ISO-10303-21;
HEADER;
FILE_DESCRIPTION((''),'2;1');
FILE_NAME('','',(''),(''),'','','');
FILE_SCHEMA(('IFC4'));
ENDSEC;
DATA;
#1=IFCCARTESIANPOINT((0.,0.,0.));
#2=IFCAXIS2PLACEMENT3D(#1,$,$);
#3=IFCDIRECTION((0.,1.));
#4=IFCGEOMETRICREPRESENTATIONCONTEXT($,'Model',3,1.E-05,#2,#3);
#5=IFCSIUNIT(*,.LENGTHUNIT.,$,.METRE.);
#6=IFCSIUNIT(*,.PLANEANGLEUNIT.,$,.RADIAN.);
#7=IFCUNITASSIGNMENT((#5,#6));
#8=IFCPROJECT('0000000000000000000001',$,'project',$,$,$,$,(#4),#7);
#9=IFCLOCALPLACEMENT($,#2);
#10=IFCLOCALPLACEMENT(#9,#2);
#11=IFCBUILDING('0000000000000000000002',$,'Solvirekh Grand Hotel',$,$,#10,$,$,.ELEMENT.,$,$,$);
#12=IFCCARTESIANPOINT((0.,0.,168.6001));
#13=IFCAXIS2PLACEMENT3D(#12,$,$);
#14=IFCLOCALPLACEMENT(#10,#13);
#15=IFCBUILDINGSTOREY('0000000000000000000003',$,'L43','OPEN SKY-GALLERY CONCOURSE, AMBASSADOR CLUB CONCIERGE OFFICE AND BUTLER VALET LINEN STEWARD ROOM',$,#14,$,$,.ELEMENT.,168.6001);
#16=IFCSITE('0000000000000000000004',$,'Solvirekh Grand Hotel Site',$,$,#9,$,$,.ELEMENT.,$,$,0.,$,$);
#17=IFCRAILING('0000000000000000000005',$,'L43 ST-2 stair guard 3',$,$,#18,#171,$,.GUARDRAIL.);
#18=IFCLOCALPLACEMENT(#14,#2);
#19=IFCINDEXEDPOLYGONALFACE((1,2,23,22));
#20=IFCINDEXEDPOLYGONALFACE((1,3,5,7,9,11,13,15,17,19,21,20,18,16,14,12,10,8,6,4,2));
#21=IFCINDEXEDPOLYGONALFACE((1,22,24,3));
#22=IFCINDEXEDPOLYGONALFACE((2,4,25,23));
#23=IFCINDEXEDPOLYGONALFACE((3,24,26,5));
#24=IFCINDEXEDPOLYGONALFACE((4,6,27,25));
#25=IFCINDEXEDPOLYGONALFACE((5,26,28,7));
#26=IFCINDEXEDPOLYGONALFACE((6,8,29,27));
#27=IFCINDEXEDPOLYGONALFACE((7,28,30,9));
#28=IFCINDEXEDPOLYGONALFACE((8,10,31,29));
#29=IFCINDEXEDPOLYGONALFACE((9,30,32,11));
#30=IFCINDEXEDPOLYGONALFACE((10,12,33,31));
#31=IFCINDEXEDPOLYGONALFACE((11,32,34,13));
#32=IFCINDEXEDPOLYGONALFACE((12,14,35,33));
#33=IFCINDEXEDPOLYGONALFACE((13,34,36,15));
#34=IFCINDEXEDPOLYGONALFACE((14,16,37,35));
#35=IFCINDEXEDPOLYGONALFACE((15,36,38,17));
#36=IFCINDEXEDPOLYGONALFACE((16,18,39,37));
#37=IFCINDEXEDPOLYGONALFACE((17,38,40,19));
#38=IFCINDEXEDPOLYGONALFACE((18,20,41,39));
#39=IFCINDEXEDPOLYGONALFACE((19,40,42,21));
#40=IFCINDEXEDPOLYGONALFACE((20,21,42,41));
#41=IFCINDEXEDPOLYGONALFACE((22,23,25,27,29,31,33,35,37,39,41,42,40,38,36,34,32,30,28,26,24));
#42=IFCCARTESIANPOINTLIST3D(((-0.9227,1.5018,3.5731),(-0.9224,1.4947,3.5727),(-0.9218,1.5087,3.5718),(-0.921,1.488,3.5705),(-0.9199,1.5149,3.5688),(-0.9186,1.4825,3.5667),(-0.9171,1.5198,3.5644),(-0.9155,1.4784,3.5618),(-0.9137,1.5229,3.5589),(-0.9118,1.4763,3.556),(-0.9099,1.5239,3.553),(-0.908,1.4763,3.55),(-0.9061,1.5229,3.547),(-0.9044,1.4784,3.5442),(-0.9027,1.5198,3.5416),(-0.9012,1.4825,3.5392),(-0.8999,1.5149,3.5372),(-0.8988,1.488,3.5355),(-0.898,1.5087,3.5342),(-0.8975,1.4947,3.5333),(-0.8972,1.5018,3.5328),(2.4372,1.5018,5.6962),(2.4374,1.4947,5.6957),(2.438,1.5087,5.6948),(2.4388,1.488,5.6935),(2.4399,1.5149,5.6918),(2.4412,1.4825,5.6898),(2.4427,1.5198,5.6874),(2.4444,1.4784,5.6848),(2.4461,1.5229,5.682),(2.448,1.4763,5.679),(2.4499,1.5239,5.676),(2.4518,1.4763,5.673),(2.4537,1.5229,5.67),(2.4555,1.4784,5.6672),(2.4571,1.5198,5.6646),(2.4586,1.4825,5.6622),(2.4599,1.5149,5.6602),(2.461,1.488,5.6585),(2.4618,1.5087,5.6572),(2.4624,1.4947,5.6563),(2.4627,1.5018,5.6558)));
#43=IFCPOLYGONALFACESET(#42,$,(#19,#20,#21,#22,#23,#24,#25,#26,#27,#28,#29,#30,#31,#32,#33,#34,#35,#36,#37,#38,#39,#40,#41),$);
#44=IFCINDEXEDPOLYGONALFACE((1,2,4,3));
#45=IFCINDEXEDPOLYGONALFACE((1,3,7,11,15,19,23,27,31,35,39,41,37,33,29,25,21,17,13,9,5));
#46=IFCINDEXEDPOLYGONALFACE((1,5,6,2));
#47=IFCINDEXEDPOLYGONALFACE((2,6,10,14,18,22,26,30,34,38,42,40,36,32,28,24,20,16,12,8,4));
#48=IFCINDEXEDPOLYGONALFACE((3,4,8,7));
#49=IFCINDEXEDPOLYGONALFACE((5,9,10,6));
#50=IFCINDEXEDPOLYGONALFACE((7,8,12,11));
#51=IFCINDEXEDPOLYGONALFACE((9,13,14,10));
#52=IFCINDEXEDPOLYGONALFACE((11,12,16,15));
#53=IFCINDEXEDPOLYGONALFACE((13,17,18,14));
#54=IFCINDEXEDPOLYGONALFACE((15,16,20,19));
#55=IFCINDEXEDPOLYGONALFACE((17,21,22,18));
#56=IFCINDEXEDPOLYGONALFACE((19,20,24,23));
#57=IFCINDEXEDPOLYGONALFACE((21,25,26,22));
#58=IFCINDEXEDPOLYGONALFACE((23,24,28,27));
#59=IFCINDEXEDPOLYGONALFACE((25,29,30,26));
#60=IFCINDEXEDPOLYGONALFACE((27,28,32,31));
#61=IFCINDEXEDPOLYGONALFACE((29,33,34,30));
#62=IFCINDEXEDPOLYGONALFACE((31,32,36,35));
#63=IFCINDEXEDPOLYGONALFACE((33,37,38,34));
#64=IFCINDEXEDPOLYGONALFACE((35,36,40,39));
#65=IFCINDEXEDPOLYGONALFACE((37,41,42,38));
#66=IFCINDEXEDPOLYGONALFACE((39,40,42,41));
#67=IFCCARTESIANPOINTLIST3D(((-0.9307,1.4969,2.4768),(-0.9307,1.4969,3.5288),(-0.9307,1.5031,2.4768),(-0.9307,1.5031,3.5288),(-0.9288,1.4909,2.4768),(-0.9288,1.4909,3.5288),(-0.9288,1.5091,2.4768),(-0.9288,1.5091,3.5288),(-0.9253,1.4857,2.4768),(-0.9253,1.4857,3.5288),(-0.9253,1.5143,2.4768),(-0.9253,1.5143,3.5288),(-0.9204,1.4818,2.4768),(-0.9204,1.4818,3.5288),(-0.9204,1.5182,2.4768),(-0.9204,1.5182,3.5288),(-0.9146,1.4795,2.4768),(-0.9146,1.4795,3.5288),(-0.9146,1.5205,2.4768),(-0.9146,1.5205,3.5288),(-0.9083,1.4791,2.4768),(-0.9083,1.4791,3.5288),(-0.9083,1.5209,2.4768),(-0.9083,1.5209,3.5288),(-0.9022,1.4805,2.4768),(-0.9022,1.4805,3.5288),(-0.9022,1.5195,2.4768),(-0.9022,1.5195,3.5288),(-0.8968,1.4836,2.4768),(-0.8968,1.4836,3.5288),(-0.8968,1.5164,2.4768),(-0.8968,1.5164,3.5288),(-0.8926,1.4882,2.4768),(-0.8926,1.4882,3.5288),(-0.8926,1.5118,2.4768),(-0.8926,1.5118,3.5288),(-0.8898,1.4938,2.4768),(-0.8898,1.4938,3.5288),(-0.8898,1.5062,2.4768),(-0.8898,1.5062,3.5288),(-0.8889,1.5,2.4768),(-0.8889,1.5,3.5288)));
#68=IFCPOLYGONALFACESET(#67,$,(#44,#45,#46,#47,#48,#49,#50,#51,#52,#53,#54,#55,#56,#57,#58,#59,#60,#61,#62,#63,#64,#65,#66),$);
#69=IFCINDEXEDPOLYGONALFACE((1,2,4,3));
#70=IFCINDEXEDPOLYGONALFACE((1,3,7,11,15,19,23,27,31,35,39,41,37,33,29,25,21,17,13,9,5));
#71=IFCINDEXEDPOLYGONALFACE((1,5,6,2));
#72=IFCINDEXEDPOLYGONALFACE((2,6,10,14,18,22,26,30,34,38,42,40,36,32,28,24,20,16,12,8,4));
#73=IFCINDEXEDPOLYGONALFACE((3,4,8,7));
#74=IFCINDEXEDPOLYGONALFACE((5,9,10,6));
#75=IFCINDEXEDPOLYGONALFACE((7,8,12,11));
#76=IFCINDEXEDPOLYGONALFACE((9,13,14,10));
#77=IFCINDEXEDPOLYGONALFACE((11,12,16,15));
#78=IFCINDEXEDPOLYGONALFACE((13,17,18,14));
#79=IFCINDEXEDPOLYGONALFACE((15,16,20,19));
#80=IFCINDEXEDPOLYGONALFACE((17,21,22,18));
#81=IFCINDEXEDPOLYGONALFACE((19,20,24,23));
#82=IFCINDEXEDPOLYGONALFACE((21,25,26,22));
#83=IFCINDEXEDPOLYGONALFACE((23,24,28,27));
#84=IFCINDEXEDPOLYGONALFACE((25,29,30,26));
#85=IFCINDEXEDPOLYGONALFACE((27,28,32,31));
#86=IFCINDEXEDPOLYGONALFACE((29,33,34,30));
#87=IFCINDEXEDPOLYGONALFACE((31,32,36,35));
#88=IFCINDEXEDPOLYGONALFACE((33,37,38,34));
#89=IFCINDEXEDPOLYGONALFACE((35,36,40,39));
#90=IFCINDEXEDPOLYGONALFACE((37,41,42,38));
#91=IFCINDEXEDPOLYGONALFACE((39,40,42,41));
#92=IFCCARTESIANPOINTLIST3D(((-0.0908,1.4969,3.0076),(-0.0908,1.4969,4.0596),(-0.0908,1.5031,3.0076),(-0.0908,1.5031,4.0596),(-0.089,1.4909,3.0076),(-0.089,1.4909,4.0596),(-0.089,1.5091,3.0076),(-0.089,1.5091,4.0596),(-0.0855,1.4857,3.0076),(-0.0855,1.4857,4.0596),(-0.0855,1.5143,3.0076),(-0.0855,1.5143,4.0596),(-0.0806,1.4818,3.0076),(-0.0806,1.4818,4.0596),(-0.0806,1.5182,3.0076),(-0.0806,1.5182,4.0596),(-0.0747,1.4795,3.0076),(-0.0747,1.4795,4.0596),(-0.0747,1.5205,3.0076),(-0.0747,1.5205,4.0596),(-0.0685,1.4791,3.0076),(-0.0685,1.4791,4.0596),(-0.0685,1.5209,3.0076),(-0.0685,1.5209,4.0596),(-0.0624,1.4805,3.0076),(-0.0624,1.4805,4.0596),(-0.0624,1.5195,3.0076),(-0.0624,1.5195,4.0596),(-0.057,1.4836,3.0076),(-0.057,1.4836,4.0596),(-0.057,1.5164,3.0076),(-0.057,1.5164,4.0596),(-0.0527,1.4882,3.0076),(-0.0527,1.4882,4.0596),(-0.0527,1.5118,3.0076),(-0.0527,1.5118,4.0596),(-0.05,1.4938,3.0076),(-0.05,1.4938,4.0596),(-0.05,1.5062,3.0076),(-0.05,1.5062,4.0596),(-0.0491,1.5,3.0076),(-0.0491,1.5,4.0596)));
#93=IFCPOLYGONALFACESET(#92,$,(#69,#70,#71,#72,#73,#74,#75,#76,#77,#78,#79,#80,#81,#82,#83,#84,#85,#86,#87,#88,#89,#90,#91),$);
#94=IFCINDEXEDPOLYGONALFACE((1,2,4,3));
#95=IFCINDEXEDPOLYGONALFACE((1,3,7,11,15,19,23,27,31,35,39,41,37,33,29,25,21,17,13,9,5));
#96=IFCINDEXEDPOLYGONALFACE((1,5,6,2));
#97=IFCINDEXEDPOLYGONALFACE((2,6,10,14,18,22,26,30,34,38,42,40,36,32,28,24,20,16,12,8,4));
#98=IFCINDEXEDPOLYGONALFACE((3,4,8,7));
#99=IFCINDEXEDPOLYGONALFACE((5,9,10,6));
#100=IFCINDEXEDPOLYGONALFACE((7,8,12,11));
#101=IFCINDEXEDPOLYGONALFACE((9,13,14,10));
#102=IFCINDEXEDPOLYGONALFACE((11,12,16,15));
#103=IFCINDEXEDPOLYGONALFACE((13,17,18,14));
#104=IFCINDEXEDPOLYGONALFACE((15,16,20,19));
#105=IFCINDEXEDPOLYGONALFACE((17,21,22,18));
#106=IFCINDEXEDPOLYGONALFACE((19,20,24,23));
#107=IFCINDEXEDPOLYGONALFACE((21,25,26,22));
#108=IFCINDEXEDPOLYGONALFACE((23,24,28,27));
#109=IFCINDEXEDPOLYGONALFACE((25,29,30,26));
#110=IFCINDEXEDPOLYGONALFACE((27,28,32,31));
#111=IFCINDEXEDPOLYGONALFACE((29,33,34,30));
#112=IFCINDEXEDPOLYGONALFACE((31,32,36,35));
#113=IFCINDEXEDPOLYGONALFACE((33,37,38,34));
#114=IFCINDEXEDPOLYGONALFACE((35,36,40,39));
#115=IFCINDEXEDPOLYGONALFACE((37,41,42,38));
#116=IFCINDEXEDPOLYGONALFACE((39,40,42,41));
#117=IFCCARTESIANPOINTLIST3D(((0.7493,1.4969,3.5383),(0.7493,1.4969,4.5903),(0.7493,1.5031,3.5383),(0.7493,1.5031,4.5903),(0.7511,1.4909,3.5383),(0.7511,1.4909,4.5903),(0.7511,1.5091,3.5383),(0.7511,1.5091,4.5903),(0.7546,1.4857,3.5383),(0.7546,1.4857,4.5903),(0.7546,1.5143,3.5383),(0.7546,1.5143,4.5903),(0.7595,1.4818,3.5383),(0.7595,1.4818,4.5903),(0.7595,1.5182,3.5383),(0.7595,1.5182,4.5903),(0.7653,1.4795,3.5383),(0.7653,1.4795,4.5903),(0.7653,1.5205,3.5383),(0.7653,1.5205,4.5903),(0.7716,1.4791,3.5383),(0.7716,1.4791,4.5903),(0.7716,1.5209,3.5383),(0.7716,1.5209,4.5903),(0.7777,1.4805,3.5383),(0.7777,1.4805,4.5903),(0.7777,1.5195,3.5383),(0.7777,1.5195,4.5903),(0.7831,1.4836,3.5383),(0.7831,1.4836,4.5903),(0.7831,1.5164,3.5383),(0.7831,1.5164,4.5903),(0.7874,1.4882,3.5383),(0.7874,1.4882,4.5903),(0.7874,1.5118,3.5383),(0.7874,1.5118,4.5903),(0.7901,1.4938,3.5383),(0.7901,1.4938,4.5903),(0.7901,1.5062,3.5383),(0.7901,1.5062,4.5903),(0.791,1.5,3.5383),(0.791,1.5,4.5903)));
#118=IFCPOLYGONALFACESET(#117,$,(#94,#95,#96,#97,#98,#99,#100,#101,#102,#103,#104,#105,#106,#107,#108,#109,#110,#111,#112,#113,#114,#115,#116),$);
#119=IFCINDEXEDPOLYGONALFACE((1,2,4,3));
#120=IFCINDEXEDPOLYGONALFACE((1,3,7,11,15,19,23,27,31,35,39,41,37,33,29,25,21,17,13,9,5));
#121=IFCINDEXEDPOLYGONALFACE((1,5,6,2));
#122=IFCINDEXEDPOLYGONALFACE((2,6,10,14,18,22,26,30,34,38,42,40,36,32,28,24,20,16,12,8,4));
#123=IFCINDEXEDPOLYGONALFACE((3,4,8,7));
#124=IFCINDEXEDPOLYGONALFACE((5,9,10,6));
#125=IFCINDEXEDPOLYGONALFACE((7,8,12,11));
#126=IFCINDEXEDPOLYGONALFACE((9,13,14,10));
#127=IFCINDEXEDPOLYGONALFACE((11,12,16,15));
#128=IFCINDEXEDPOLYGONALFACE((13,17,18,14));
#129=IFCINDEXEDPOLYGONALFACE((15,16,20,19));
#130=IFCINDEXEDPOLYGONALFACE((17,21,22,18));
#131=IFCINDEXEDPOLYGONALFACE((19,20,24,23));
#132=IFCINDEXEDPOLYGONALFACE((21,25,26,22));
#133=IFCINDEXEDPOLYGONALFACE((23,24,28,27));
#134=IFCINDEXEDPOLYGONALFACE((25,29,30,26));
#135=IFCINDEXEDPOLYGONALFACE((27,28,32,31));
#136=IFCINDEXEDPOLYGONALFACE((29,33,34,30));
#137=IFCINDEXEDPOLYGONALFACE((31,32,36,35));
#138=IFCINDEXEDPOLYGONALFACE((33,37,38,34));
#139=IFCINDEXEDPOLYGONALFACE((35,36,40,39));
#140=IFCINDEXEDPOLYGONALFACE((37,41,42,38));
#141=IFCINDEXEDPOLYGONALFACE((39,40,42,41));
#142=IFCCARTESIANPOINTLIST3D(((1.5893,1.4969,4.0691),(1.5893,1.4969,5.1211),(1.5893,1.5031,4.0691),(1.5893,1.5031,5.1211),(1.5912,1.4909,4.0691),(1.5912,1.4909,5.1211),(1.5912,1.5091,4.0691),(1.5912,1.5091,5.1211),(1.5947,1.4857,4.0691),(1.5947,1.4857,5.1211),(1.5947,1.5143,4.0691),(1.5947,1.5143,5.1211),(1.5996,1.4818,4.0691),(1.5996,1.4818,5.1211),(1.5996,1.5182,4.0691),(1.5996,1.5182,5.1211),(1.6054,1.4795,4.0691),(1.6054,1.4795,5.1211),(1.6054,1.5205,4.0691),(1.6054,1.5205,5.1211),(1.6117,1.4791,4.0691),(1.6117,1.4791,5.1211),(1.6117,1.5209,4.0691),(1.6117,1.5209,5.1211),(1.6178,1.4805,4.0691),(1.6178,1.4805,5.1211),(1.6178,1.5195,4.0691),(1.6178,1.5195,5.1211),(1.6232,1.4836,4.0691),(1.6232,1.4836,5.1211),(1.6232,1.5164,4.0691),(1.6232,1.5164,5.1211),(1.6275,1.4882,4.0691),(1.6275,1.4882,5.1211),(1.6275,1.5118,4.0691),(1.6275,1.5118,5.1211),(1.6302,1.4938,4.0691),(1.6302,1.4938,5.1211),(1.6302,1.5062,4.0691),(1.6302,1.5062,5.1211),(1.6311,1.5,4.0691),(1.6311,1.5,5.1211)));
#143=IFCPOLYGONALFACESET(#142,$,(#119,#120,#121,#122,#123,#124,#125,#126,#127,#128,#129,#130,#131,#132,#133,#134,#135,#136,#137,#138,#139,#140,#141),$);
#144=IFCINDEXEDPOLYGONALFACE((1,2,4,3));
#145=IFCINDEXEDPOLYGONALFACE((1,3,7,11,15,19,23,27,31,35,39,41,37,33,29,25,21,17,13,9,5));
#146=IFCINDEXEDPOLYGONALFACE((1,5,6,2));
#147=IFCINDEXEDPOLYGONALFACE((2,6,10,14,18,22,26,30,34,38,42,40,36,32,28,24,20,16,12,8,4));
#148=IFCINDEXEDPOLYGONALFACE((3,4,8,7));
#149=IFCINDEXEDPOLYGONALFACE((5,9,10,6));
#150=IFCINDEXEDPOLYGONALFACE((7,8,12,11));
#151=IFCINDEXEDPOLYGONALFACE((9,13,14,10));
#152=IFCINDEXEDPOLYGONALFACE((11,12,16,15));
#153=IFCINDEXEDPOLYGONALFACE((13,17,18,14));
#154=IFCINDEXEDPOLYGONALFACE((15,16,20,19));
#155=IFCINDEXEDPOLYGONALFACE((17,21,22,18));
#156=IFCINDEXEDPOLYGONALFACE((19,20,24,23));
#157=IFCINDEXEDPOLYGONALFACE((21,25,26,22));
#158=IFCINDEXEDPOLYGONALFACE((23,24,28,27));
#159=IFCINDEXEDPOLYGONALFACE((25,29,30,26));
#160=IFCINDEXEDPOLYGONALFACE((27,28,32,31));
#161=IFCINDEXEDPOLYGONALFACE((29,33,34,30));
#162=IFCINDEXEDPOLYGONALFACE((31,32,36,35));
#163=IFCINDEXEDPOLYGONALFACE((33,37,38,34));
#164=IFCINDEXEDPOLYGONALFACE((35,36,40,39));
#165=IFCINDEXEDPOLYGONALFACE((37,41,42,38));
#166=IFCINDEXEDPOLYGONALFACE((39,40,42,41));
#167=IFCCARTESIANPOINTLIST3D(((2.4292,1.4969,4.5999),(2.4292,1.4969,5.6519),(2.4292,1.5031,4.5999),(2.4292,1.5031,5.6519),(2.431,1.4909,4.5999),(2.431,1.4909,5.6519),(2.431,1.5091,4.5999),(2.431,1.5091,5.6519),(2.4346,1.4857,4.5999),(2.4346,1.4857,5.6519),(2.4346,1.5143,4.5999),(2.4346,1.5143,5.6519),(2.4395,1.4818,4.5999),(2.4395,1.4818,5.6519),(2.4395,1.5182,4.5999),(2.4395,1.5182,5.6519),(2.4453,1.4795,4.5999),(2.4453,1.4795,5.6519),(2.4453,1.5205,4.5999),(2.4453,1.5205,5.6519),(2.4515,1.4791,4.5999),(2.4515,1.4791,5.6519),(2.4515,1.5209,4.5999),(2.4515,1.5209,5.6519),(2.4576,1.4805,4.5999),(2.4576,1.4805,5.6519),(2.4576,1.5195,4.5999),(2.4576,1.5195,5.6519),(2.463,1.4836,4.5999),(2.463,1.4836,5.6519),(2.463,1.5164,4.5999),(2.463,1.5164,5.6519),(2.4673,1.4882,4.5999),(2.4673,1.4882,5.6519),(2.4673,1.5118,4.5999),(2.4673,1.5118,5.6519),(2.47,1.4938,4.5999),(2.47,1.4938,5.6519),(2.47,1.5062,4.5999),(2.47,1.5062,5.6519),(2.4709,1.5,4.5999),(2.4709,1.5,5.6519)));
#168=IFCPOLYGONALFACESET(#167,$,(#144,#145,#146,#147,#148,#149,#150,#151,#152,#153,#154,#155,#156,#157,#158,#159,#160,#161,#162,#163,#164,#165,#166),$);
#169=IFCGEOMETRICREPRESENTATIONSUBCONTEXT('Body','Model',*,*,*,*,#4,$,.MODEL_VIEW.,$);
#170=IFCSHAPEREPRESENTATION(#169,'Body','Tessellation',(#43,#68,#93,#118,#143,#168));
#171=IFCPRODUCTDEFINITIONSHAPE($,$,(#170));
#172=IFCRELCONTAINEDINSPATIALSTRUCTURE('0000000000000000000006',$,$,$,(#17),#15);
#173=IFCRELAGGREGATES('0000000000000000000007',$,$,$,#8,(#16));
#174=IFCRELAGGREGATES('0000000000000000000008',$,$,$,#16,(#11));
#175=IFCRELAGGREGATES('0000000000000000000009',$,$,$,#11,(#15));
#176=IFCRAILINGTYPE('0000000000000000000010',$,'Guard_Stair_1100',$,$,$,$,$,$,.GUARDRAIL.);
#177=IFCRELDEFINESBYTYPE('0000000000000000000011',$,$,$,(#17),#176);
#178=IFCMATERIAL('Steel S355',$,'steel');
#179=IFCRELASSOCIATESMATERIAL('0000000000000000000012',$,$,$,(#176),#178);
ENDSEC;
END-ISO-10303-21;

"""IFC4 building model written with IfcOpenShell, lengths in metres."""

from ifc_helpers import new_model, si_unit, direction, frame, origin, origin_2d, place, context, subcontext, project, spatial, circle, extrude, material, type_object, element, save


model = new_model("IFC4")

# Units and contexts
model_context = context("Model", 3, precision=1e-05, world=origin(), true_north=direction((0.0, 1.0)))
body_context = subcontext(model_context, "Body", "Model", "MODEL_VIEW")
ifc_project = project(units=[si_unit("LENGTHUNIT", "METRE"), si_unit("PLANEANGLEUNIT", "RADIAN")], contexts=[model_context])

# Site, building, storey
site_placement = place(None, origin())
site = spatial("IfcSite", under=ifc_project, at=site_placement, Name="Solvirekh Grand Hotel Site", CompositionType="ELEMENT", RefElevation=0.0)
building_placement = place(site_placement, origin())
building = spatial("IfcBuilding", under=site, at=building_placement, Name="Solvirekh Grand Hotel", CompositionType="ELEMENT")
storey_placement = place(building_placement, frame((0.0, 0.0, 168.6001)))
storey = spatial("IfcBuildingStorey", under=building, at=storey_placement, Name="L43", Description="OPEN SKY-GALLERY CONCOURSE, AMBASSADOR CLUB CONCIERGE OFFICE AND BUTLER VALET LINEN STEWARD ROOM", CompositionType="ELEMENT", Elevation=168.6001)

# Shared definitions
ifc_material_1 = material(Name="Steel S355", Category="steel")

# Railing
railing_type_1 = type_object("IfcRailingType", Name="Guard_Stair_1100", PredefinedType="GUARDRAIL", material=ifc_material_1)
railing_1_placement = place(storey_placement, frame((-0.9099, 1.5, 2.4768)))
element("IfcRailing", 1, at=railing_1_placement, inside=storey, type_object=railing_type_1, Name="L43 ST-2 stair guard 3", PredefinedType="GUARDRAIL", context=body_context, shape_type="SweptSolid", body=[
    extrude(circle(Radius=0.0239, at=origin_2d()), frame((0.0, 0.0, 1.0762), z_axis=(0.845372, 0.0, 0.534178), x_axis=(0.0, 1.0, 0.0)), (0.0, 0.0, 1.0), 3.9744),
    extrude(circle(Radius=0.021, at=origin_2d()), origin(), (0.0, 0.0, 1.0), 1.052),
    extrude(circle(Radius=0.021, at=origin_2d()), frame((0.8398, 0.0, 0.5308)), (0.0, 0.0, 1.0), 1.052),
    extrude(circle(Radius=0.021, at=origin_2d()), frame((1.6799, 0.0, 1.0615)), (0.0, 0.0, 1.0), 1.052),
    extrude(circle(Radius=0.021, at=origin_2d()), frame((2.52, 0.0, 1.5923)), (0.0, 0.0, 1.0), 1.052),
    extrude(circle(Radius=0.021, at=origin_2d()), frame((3.3599, 0.0, 2.123)), (0.0, 0.0, 1.0), 1.052),
])

save(model, "model.ifc")
